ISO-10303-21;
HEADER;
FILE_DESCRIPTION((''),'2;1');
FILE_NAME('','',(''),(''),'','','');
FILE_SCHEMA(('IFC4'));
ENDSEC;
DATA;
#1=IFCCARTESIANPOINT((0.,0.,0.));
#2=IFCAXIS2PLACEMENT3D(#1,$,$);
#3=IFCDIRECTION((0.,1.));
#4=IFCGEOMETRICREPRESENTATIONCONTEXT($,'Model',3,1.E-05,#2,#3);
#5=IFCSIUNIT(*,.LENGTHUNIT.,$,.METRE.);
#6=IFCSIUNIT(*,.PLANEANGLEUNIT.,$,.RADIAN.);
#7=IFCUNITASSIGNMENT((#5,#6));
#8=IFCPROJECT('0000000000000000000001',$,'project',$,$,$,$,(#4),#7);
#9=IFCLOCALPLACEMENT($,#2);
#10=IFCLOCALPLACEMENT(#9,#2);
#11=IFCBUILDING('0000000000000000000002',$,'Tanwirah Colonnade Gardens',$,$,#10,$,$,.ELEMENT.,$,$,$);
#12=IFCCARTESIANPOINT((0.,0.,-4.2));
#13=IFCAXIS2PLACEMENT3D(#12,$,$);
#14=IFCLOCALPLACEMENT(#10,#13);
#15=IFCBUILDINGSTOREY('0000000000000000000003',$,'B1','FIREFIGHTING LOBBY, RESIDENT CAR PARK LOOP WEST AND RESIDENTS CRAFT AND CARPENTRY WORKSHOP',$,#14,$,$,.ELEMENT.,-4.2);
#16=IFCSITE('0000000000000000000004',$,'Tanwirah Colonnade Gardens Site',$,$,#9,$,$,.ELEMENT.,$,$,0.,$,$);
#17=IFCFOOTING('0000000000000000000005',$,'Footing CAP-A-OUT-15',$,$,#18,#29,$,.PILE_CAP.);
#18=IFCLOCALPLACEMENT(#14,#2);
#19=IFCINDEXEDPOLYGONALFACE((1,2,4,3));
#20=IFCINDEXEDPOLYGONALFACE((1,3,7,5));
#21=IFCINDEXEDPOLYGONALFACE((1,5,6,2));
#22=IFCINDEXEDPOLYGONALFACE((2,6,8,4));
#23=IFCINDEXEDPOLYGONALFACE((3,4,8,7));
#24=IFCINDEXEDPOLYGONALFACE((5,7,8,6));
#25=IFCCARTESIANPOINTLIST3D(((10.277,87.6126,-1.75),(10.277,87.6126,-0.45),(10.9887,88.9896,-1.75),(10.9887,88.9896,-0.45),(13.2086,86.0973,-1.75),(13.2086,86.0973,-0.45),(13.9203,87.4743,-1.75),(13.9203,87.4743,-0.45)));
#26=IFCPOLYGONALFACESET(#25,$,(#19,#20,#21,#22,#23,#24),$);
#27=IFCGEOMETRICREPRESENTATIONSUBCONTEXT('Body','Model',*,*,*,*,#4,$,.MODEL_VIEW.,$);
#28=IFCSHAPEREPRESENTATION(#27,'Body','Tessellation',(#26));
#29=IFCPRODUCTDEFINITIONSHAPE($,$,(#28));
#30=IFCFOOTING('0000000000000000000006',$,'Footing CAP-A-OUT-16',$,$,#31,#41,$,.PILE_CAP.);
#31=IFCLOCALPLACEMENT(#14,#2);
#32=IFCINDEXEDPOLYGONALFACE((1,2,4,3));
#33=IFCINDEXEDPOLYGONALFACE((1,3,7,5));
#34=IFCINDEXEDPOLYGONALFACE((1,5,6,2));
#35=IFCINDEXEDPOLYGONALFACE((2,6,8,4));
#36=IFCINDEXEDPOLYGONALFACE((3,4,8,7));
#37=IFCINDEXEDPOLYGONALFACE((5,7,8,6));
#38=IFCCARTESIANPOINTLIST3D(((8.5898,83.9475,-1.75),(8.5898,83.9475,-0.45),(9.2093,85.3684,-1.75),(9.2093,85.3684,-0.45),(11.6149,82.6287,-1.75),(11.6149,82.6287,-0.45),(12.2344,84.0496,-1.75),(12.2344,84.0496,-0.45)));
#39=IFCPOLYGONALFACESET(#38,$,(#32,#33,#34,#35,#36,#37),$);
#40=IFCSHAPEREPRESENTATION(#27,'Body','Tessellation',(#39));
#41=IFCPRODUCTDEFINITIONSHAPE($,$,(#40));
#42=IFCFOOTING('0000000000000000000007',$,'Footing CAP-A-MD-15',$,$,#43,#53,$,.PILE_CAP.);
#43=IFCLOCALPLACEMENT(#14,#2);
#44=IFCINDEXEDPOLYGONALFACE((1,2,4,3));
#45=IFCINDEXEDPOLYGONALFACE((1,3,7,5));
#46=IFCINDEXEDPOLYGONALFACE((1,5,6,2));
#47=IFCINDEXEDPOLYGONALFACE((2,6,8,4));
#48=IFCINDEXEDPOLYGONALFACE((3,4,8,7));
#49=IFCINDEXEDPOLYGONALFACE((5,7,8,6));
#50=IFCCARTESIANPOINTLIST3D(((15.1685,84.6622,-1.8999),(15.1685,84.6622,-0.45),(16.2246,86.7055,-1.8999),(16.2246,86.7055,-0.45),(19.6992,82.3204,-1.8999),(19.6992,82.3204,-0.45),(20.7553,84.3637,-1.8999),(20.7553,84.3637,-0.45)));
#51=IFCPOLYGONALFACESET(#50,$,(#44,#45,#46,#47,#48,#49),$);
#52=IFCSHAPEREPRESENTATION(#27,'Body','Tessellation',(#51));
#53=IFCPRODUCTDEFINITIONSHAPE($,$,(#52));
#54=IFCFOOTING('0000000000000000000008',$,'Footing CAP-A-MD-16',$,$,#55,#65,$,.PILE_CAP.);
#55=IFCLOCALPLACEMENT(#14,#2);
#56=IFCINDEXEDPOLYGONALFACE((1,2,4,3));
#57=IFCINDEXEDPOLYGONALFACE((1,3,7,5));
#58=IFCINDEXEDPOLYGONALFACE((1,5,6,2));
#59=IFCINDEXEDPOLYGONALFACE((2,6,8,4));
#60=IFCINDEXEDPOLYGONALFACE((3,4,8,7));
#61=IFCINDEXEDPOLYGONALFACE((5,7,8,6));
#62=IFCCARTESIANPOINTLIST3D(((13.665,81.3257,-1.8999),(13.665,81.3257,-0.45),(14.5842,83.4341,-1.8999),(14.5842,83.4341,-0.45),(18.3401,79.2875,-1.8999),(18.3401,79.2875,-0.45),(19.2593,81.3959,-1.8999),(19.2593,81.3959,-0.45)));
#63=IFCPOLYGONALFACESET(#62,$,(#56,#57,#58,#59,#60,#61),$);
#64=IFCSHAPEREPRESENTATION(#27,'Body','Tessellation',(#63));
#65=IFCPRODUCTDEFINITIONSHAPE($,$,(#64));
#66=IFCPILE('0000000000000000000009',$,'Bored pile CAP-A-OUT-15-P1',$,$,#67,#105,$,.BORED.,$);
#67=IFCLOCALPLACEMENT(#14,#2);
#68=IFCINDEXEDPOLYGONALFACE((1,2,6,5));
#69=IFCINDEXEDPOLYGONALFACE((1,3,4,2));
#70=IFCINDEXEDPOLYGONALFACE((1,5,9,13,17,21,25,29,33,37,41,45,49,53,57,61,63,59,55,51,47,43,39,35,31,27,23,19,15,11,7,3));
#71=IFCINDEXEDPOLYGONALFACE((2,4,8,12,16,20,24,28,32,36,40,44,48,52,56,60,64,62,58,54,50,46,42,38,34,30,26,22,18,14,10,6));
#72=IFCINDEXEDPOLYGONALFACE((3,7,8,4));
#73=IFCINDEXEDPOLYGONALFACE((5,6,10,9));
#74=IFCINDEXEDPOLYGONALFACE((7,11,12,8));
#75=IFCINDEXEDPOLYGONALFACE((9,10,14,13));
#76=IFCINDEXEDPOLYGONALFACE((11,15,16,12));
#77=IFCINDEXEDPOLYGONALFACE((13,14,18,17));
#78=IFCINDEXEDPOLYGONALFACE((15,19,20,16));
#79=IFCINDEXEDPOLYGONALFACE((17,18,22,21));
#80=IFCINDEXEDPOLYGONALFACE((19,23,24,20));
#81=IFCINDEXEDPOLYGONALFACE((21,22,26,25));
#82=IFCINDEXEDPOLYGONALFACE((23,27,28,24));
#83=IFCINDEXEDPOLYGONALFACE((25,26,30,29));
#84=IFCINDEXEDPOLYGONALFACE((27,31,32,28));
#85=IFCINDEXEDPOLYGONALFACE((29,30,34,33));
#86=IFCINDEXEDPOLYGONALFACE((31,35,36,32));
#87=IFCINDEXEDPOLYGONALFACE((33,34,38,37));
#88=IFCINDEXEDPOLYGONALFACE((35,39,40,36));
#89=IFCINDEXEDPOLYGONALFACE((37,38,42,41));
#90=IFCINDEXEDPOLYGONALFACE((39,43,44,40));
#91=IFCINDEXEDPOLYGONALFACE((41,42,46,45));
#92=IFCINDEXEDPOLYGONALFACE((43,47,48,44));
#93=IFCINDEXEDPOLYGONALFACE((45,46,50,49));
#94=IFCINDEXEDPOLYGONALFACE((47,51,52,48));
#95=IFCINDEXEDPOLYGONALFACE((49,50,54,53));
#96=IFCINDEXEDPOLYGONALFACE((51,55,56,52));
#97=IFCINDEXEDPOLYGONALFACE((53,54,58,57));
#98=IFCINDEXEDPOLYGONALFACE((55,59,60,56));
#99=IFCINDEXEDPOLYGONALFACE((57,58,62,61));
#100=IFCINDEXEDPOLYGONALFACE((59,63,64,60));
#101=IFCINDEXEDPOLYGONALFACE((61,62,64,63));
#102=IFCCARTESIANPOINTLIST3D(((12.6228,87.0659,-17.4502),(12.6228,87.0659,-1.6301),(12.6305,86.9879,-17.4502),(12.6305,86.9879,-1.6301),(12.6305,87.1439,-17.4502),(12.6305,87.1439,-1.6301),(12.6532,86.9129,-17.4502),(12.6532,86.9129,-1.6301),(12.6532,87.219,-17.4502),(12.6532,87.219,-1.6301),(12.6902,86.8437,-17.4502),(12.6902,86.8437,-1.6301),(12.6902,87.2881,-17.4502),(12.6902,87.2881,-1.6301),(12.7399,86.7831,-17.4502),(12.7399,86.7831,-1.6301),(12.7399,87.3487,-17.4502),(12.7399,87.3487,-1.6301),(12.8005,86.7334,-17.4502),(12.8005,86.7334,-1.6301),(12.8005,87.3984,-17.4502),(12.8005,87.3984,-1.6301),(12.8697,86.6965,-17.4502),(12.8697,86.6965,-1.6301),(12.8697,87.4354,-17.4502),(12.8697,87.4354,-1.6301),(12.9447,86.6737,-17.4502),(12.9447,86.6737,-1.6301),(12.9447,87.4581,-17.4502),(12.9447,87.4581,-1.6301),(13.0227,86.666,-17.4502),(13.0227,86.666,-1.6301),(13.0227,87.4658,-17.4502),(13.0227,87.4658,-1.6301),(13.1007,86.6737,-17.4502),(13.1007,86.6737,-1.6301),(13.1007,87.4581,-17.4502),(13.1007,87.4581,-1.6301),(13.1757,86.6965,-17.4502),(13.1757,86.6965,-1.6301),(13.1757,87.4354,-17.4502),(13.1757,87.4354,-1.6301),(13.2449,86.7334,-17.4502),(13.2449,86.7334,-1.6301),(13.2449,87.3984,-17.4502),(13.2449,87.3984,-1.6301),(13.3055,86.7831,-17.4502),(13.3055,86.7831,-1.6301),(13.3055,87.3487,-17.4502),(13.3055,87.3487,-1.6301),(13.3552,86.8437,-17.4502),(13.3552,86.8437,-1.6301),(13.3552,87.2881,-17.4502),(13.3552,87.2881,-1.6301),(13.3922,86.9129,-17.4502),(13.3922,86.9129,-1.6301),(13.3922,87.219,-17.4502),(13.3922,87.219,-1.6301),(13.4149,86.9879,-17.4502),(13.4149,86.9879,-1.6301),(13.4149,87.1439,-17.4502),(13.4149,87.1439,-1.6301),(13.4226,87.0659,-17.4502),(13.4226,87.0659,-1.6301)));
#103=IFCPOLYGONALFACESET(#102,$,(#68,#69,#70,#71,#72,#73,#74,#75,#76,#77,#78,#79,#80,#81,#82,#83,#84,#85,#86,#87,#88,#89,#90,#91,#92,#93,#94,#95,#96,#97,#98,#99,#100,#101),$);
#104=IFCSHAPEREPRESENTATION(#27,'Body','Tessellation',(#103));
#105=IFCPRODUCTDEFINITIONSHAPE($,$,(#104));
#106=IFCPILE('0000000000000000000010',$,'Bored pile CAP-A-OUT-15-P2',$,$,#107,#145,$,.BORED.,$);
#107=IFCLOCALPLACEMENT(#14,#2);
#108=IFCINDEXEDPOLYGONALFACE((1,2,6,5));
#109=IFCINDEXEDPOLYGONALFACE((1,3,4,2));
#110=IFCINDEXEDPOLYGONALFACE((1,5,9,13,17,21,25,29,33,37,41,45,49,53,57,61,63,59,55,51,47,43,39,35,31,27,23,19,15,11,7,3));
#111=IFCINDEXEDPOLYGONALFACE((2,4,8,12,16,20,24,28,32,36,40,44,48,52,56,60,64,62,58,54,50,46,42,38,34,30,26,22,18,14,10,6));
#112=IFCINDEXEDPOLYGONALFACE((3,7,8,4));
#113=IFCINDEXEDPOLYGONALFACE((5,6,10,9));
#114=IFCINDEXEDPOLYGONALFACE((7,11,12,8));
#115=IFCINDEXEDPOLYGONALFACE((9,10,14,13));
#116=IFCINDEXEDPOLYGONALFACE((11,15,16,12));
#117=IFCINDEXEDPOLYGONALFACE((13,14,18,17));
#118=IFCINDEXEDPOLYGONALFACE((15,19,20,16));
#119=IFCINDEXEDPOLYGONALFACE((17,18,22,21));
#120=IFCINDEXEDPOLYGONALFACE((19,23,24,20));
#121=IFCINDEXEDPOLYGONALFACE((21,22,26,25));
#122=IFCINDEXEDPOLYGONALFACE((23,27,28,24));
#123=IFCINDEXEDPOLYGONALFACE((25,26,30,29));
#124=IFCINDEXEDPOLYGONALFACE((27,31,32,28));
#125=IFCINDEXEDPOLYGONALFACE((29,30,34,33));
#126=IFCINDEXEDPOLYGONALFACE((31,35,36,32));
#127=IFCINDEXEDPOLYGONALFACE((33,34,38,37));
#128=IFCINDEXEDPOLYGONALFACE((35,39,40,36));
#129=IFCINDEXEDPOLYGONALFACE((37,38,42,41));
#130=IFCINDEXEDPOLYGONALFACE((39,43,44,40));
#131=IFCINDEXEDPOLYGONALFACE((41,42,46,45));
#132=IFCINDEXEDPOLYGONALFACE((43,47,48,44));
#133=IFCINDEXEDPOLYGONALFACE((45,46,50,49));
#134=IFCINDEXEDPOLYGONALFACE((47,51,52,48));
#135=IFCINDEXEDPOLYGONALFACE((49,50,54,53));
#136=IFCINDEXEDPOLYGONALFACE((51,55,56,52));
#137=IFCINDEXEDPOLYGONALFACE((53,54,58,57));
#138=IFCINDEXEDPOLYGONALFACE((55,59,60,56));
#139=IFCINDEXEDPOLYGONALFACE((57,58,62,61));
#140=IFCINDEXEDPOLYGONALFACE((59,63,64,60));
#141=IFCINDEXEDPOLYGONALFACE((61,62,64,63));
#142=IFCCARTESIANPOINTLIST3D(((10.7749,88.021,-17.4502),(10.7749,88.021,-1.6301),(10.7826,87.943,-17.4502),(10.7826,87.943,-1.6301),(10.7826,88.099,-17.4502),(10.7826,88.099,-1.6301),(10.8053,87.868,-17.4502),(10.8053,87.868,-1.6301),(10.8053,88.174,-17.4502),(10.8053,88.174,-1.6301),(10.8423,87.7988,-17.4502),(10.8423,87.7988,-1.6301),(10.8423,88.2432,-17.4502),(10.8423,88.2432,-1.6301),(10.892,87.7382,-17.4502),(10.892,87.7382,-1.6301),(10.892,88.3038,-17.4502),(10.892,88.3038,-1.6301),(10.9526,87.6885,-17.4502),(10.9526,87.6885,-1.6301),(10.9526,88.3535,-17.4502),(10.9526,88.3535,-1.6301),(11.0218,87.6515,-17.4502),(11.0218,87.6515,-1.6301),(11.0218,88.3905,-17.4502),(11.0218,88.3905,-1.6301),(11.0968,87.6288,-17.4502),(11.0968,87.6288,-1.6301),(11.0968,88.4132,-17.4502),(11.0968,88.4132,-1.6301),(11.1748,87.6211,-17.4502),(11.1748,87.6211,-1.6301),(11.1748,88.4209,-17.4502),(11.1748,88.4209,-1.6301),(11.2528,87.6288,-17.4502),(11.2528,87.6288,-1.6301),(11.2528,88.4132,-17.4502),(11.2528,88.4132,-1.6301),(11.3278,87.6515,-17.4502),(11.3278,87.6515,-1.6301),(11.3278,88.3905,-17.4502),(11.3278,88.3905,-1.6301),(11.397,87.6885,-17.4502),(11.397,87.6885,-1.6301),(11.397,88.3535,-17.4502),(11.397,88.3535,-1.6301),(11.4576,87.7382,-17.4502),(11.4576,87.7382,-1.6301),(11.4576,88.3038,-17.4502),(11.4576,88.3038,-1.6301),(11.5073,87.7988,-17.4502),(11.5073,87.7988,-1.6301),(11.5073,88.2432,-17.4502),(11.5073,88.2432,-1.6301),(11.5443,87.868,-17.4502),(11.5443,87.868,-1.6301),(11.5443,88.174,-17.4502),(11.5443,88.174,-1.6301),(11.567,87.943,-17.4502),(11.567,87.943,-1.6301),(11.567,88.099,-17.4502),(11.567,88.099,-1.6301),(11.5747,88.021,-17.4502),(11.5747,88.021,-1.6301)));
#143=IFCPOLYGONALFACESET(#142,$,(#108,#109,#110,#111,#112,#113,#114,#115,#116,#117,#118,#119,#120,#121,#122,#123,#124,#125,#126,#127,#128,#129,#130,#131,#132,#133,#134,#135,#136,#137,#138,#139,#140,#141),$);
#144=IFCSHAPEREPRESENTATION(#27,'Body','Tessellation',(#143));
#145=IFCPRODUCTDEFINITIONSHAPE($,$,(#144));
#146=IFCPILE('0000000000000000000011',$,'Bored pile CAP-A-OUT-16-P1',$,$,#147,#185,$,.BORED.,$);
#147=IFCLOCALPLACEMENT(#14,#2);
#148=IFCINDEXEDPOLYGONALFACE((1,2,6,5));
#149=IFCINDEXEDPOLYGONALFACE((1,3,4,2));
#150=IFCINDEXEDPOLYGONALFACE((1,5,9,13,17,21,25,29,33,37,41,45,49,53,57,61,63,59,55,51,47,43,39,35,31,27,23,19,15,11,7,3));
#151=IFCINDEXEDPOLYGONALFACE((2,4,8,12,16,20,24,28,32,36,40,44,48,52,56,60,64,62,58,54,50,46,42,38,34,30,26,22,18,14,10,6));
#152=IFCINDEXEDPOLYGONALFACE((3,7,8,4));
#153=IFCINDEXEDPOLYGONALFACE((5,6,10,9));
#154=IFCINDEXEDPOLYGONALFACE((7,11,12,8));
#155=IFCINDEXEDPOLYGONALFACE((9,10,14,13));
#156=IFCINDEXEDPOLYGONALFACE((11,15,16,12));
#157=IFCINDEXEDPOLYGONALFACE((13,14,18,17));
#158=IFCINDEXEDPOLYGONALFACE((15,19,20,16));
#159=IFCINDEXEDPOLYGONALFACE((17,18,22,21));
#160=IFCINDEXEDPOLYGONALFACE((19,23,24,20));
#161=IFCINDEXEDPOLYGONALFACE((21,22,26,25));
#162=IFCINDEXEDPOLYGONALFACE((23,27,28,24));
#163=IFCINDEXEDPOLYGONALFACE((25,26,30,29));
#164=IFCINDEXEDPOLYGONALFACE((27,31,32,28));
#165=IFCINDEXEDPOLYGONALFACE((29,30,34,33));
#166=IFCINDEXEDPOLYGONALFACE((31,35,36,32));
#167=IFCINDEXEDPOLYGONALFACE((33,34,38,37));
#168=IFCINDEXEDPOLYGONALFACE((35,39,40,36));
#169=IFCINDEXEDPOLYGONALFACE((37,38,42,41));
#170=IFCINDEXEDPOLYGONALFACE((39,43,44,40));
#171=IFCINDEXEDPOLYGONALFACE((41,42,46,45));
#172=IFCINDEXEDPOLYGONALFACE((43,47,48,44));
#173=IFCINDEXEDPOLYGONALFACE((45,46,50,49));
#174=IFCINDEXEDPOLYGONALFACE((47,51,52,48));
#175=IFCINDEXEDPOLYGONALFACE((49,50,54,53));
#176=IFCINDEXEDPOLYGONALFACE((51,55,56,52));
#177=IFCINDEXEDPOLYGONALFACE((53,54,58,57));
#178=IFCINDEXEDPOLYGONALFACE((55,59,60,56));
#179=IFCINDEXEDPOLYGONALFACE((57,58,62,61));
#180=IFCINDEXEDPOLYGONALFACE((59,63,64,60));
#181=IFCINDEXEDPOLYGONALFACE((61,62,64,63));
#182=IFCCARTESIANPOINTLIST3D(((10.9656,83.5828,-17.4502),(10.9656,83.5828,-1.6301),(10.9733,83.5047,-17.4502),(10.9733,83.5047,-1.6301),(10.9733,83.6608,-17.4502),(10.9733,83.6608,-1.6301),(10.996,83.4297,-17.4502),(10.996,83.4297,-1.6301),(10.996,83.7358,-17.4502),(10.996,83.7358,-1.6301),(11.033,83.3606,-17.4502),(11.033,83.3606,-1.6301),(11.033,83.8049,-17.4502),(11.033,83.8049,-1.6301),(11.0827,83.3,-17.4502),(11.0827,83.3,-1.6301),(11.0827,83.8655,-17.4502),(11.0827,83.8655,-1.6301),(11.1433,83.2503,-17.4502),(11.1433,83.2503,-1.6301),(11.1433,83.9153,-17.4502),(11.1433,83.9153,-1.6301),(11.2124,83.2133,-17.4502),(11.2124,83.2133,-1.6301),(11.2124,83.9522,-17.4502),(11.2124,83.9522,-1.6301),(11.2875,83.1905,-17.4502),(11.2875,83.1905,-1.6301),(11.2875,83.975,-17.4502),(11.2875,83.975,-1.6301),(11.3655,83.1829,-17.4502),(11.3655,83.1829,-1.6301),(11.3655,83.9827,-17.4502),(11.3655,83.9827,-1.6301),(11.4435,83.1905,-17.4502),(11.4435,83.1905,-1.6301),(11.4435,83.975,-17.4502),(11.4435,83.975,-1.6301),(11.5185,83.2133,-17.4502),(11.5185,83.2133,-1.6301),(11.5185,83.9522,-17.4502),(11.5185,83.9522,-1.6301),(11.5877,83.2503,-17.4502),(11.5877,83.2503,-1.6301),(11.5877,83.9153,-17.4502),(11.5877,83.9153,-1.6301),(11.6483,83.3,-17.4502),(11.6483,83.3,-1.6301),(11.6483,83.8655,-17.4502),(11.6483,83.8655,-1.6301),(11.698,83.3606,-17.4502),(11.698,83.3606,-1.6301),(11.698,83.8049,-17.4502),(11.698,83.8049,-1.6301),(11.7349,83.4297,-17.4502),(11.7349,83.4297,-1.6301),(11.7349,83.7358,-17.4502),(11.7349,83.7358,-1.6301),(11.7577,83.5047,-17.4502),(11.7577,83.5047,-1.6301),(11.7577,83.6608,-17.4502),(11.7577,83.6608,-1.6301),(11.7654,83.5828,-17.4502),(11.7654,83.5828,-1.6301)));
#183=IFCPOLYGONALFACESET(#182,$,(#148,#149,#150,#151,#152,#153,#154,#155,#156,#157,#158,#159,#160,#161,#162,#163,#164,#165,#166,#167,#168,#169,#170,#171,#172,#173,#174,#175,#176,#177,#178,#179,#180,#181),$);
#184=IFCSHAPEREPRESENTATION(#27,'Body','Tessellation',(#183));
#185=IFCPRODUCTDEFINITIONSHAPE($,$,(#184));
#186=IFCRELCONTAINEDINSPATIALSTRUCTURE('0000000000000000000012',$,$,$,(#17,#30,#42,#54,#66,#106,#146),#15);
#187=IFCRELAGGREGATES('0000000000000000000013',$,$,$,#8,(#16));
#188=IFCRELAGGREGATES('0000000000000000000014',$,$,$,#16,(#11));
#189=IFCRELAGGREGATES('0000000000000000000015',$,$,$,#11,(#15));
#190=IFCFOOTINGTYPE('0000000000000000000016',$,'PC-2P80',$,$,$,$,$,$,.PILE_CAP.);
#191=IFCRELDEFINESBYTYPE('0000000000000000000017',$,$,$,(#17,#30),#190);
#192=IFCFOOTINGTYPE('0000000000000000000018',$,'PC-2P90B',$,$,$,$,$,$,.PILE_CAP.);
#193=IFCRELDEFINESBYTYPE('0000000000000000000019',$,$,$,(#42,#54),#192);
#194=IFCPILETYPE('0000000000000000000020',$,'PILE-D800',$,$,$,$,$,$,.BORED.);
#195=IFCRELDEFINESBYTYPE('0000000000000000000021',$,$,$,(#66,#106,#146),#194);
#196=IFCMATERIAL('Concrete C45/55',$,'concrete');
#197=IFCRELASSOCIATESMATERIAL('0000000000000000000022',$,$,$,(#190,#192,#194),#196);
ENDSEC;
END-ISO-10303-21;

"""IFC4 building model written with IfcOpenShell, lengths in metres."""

from ifc_helpers import new_model, si_unit, direction, frame, origin, origin_2d, place, context, subcontext, project, spatial, rectangle, circle, extrude, material, material_profile, profile_set, type_object, element, save


model = new_model("IFC4")

# Units and contexts
model_context = context("Model", 3, precision=1e-05, world=origin(), true_north=direction((0.0, 1.0)))
body_context = subcontext(model_context, "Body", "Model", "MODEL_VIEW")
ifc_project = project(units=[si_unit("LENGTHUNIT", "METRE"), si_unit("PLANEANGLEUNIT", "RADIAN")], contexts=[model_context])

# Site, building, storey
site_placement = place(None, origin())
site = spatial("IfcSite", under=ifc_project, at=site_placement, Name="Tanwirah Colonnade Gardens Site", CompositionType="ELEMENT", RefElevation=0.0)
building_placement = place(site_placement, origin())
building = spatial("IfcBuilding", under=site, at=building_placement, Name="Tanwirah Colonnade Gardens", CompositionType="ELEMENT")
storey_placement = place(building_placement, frame((0.0, 0.0, -4.2)))
storey = spatial("IfcBuildingStorey", under=building, at=storey_placement, Name="B1", Description="FIREFIGHTING LOBBY, RESIDENT CAR PARK LOOP WEST AND RESIDENTS CRAFT AND CARPENTRY WORKSHOP", CompositionType="ELEMENT", Elevation=-4.2)

# Footings
ifc_material_1 = material(Name="Concrete C45/55", Category="concrete")
footing_type_1 = type_object("IfcFootingType", Name="PC-2P80", PredefinedType="PILE_CAP", material=ifc_material_1)
for number, where, z_axis, x_axis, name in (
    (1, (12.0986, 87.5435, -1.75), (0.0, 0.0, 1.0), (-0.88835, 0.459166, 0.0), "Footing CAP-A-OUT-15"),
    (2, (10.4121, 83.9985, -1.75), (0.0, 0.0, 1.0), (-0.916673, 0.399638, 0.0), "Footing CAP-A-OUT-16"),
):
    element("IfcFooting", number, at=place(storey_placement, frame(where, z_axis=z_axis, x_axis=x_axis)), inside=storey, type_object=footing_type_1, Name=name, PredefinedType="PILE_CAP", context=body_context, shape_type="SweptSolid", body=[
        extrude(rectangle(XDim=3.3, YDim=1.55, at=origin_2d()), origin(), (0.0, 0.0, 1.0), 1.3),
    ])
footing_type_2 = type_object("IfcFootingType", Name="PC-2P90B", PredefinedType="PILE_CAP", material=ifc_material_1)
for number, where, z_axis, x_axis, name in (
    (3, (17.9619, 84.5129, -1.8999), (0.0, 0.0, 1.0), (-0.88835, 0.459166, 0.0), "Footing CAP-A-MD-15"),
    (4, (16.4622, 81.3608, -1.8999), (0.0, 0.0, 1.0), (-0.916673, 0.399638, 0.0), "Footing CAP-A-MD-16"),
):
    element("IfcFooting", number, at=place(storey_placement, frame(where, z_axis=z_axis, x_axis=x_axis)), inside=storey, type_object=footing_type_2, Name=name, PredefinedType="PILE_CAP", context=body_context, shape_type="SweptSolid", body=[
        extrude(rectangle(XDim=5.1001, YDim=2.3, at=origin_2d()), origin(), (0.0, 0.0, 1.0), 1.45),
    ])

# Piles
ifc_material_profile_1 = material_profile(ifc_material_1, circle(Radius=0.3999, at=origin_2d()), Name="PILE D800")
ifc_profile_set_1 = profile_set([ifc_material_profile_1], Name="Concrete C45/55")
pile_type_1 = type_object("IfcPileType", Name="PILE-D800", PredefinedType="BORED", material=ifc_profile_set_1)
for number, where, z_axis, x_axis, name in (
    (5, (13.0227, 87.0659, -1.6301), (0.0, 0.0, -1.0), (1.0, 0.0, 0.0), "Bored pile CAP-A-OUT-15-P1"),
    (6, (11.1748, 88.021, -1.6301), (0.0, 0.0, -1.0), (1.0, 0.0, 0.0), "Bored pile CAP-A-OUT-15-P2"),
    (7, (11.3655, 83.5828, -1.6301), (0.0, 0.0, -1.0), (1.0, 0.0, 0.0), "Bored pile CAP-A-OUT-16-P1"),
):
    element("IfcPile", number, at=place(storey_placement, frame(where, z_axis=z_axis, x_axis=x_axis)), inside=storey, type_object=pile_type_1, Name=name, PredefinedType="BORED", context=body_context, shape_type="SweptSolid", body=[
        extrude(circle(Radius=0.3999, at=origin_2d()), origin(), (0.0, 0.0, 1.0), 15.8201),
    ])

save(model, "model.ifc")
